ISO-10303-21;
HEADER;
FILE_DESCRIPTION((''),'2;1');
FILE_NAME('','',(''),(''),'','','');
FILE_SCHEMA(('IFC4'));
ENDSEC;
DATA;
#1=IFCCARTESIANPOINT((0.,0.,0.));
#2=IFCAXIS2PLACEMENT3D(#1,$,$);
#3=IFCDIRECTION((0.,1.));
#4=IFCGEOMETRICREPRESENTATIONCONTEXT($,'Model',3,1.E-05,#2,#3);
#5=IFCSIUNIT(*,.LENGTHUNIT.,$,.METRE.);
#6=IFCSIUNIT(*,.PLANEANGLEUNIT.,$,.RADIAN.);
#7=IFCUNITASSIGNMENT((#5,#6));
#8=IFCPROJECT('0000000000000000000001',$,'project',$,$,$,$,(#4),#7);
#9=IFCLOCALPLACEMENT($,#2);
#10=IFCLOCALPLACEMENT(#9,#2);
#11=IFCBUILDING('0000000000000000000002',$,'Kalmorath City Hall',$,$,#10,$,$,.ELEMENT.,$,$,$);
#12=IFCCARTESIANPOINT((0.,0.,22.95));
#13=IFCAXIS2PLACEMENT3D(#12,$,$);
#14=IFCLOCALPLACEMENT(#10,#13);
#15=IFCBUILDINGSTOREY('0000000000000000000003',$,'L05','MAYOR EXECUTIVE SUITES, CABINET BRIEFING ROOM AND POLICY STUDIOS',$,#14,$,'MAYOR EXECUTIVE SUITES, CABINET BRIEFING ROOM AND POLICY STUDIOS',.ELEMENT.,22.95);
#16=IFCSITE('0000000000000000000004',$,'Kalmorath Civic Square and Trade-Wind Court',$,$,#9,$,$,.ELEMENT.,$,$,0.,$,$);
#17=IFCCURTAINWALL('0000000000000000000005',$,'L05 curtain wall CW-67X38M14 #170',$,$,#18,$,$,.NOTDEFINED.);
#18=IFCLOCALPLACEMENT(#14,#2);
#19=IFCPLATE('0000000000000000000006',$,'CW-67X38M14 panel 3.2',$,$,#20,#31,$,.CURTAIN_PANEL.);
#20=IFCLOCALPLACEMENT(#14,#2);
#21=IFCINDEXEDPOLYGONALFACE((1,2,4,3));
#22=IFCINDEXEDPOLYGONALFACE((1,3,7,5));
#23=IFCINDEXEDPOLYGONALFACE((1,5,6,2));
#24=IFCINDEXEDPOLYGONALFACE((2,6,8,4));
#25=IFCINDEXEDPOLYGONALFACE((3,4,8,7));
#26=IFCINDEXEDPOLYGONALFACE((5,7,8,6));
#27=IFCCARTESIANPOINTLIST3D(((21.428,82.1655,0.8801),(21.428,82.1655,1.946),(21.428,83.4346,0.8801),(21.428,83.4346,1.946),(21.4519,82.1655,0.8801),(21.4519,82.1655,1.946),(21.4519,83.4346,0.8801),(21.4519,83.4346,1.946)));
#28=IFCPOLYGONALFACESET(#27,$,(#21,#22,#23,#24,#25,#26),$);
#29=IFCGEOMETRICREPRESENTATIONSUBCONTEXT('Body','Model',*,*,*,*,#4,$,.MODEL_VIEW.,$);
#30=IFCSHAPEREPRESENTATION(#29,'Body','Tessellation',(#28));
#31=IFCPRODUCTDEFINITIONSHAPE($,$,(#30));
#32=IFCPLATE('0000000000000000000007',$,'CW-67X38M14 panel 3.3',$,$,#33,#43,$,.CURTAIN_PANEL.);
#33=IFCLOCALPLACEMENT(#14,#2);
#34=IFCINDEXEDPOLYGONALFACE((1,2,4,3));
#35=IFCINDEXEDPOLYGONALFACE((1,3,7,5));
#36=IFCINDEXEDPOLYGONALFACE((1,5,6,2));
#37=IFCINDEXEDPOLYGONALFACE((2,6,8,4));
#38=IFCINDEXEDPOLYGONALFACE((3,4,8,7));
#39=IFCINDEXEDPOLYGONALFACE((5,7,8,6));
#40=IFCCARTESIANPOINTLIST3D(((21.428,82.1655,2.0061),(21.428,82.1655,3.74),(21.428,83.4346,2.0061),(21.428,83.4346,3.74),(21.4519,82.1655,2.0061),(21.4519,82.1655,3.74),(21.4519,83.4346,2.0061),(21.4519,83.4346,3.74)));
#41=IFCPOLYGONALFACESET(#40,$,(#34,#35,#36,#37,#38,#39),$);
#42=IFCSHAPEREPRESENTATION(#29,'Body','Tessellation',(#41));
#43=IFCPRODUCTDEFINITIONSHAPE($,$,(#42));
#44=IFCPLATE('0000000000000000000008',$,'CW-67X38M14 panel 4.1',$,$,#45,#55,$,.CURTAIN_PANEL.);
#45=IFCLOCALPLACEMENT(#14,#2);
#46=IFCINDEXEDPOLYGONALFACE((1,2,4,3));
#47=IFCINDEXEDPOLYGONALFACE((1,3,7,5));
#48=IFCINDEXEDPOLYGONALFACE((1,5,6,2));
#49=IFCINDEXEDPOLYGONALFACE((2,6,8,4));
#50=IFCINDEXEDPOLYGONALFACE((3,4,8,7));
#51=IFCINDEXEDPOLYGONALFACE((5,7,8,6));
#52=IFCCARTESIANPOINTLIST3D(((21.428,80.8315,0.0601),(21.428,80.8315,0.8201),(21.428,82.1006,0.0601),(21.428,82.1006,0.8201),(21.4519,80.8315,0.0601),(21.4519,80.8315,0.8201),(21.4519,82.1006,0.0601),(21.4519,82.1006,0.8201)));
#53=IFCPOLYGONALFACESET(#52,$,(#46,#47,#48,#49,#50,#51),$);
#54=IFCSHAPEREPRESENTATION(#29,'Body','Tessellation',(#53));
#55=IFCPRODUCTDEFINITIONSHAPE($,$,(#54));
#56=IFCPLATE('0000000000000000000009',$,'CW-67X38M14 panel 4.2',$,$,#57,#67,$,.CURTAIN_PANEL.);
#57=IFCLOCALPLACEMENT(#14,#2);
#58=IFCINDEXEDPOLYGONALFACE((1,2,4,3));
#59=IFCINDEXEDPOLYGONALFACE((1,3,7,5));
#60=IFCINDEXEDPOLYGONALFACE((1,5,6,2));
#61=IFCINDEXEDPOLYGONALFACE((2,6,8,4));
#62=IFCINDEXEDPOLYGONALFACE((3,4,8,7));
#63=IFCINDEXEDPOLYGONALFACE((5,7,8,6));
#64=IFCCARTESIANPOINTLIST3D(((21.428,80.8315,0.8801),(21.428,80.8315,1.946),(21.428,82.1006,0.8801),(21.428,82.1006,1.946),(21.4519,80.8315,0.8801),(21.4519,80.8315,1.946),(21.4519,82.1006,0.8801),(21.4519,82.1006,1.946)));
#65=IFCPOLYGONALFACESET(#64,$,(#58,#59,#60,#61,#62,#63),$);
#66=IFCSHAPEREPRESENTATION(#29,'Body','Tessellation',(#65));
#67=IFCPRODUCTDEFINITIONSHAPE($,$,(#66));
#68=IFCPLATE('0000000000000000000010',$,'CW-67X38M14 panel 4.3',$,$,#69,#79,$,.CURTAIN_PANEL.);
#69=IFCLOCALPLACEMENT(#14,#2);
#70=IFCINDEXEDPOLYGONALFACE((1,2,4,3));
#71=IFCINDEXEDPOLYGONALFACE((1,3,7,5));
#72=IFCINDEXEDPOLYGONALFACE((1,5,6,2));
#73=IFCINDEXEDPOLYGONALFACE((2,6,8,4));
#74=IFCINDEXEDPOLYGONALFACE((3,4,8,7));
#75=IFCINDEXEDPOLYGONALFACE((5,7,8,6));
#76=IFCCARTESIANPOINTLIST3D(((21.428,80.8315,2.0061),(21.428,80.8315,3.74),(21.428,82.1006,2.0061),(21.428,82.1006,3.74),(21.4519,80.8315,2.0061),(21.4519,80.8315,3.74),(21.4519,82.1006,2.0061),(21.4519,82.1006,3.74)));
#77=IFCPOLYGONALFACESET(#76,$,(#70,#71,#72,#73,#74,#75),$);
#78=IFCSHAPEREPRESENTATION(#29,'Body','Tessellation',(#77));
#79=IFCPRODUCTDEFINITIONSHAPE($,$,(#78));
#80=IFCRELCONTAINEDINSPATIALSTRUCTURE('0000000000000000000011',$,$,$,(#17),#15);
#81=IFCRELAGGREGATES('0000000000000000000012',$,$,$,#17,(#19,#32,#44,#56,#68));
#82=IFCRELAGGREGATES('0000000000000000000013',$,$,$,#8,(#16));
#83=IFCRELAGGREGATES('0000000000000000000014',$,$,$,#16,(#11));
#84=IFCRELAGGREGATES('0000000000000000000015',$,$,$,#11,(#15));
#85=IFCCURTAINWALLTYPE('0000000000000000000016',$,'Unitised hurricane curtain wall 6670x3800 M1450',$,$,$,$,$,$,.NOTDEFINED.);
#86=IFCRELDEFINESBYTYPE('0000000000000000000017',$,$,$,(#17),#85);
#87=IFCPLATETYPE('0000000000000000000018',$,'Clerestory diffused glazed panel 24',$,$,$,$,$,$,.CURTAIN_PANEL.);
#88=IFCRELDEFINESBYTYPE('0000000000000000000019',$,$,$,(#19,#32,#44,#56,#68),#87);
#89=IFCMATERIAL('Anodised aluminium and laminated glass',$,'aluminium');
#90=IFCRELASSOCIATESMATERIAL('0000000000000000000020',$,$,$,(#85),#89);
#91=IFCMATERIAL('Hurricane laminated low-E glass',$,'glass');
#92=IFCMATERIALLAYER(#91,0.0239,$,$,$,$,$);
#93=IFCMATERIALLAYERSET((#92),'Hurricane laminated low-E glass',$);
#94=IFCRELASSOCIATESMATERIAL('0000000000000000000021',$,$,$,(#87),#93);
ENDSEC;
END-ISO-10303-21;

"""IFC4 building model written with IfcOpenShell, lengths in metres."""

from ifc_helpers import new_model, si_unit, direction, frame, origin, origin_2d, place, context, subcontext, project, spatial, rectangle, extrude, material, layer, layer_set, type_object, element, aggregate, save


model = new_model("IFC4")

# Units and contexts
model_context = context("Model", 3, precision=1e-05, world=origin(), true_north=direction((0.0, 1.0)))
body_context = subcontext(model_context, "Body", "Model", "MODEL_VIEW")
ifc_project = project(units=[si_unit("LENGTHUNIT", "METRE"), si_unit("PLANEANGLEUNIT", "RADIAN")], contexts=[model_context])

# Site, building, storey
site_placement = place(None, origin())
site = spatial("IfcSite", under=ifc_project, at=site_placement, Name="Kalmorath Civic Square and Trade-Wind Court", CompositionType="ELEMENT", RefElevation=0.0)
building_placement = place(site_placement, origin())
building = spatial("IfcBuilding", under=site, at=building_placement, Name="Kalmorath City Hall", CompositionType="ELEMENT")
storey_placement = place(building_placement, frame((0.0, 0.0, 22.95)))
storey = spatial("IfcBuildingStorey", under=building, at=storey_placement, Name="L05", Description="MAYOR EXECUTIVE SUITES, CABINET BRIEFING ROOM AND POLICY STUDIOS", LongName="MAYOR EXECUTIVE SUITES, CABINET BRIEFING ROOM AND POLICY STUDIOS", CompositionType="ELEMENT", Elevation=22.95)

# Curtain wall, plates
ifc_material_1 = material(Name="Anodised aluminium and laminated glass", Category="aluminium")
curtain_wall_type = type_object("IfcCurtainWallType", Name="Unitised hurricane curtain wall 6670x3800 M1450", PredefinedType="NOTDEFINED", material=ifc_material_1)
curtain_wall_placement = place(storey_placement, origin())
curtain_wall = element("IfcCurtainWall", 1, at=curtain_wall_placement, inside=storey, type_object=curtain_wall_type, Name="L05 curtain wall CW-67X38M14 #170", PredefinedType="NOTDEFINED")
ifc_material_2 = material(Name="Hurricane laminated low-E glass", Category="glass")
ifc_layer = layer(ifc_material_2, 0.0239)
ifc_layer_set = layer_set([ifc_layer], Name="Hurricane laminated low-E glass")
plate_type = type_object("IfcPlateType", Name="Clerestory diffused glazed panel 24", PredefinedType="CURTAIN_PANEL", material=ifc_layer_set)
plate_1_placement = place(storey_placement, frame((21.4399, 82.8, 0.8801), z_axis=(0.0, 0.0, 1.0), x_axis=(0.0, -1.0, 0.0)))
plate_1 = element("IfcPlate", 2, at=plate_1_placement, type_object=plate_type, Name="CW-67X38M14 panel 3.2", PredefinedType="CURTAIN_PANEL", context=body_context, shape_type="SweptSolid", body=[
    extrude(rectangle(XDim=1.269, YDim=0.0239, at=origin_2d()), origin(), (0.0, 0.0, 1.0), 1.0659),
])
plate_2_placement = place(storey_placement, frame((21.4399, 82.8, 2.0061), z_axis=(0.0, 0.0, 1.0), x_axis=(0.0, -1.0, 0.0)))
plate_2 = element("IfcPlate", 3, at=plate_2_placement, type_object=plate_type, Name="CW-67X38M14 panel 3.3", PredefinedType="CURTAIN_PANEL", context=body_context, shape_type="SweptSolid", body=[
    extrude(rectangle(XDim=1.269, YDim=0.0239, at=origin_2d()), origin(), (0.0, 0.0, 1.0), 1.7339),
])
plate_3_placement = place(storey_placement, frame((21.4399, 81.4661, 0.0601), z_axis=(0.0, 0.0, 1.0), x_axis=(0.0, -1.0, 0.0)))
plate_3 = element("IfcPlate", 4, at=plate_3_placement, type_object=plate_type, Name="CW-67X38M14 panel 4.1", PredefinedType="CURTAIN_PANEL", context=body_context, shape_type="SweptSolid", body=[
    extrude(rectangle(XDim=1.269, YDim=0.0239, at=origin_2d()), origin(), (0.0, 0.0, 1.0), 0.76),
])
plate_4_placement = place(storey_placement, frame((21.4399, 81.4661, 0.8801), z_axis=(0.0, 0.0, 1.0), x_axis=(0.0, -1.0, 0.0)))
plate_4 = element("IfcPlate", 5, at=plate_4_placement, type_object=plate_type, Name="CW-67X38M14 panel 4.2", PredefinedType="CURTAIN_PANEL", context=body_context, shape_type="SweptSolid", body=[
    extrude(rectangle(XDim=1.269, YDim=0.0239, at=origin_2d()), origin(), (0.0, 0.0, 1.0), 1.0659),
])
plate_5_placement = place(storey_placement, frame((21.4399, 81.4661, 2.0061), z_axis=(0.0, 0.0, 1.0), x_axis=(0.0, -1.0, 0.0)))
plate_5 = element("IfcPlate", 6, at=plate_5_placement, type_object=plate_type, Name="CW-67X38M14 panel 4.3", PredefinedType="CURTAIN_PANEL", context=body_context, shape_type="SweptSolid", body=[
    extrude(rectangle(XDim=1.269, YDim=0.0239, at=origin_2d()), origin(), (0.0, 0.0, 1.0), 1.7339),
])
aggregate(curtain_wall, [plate_1, plate_2, plate_3, plate_4, plate_5])

save(model, "model.ifc")
